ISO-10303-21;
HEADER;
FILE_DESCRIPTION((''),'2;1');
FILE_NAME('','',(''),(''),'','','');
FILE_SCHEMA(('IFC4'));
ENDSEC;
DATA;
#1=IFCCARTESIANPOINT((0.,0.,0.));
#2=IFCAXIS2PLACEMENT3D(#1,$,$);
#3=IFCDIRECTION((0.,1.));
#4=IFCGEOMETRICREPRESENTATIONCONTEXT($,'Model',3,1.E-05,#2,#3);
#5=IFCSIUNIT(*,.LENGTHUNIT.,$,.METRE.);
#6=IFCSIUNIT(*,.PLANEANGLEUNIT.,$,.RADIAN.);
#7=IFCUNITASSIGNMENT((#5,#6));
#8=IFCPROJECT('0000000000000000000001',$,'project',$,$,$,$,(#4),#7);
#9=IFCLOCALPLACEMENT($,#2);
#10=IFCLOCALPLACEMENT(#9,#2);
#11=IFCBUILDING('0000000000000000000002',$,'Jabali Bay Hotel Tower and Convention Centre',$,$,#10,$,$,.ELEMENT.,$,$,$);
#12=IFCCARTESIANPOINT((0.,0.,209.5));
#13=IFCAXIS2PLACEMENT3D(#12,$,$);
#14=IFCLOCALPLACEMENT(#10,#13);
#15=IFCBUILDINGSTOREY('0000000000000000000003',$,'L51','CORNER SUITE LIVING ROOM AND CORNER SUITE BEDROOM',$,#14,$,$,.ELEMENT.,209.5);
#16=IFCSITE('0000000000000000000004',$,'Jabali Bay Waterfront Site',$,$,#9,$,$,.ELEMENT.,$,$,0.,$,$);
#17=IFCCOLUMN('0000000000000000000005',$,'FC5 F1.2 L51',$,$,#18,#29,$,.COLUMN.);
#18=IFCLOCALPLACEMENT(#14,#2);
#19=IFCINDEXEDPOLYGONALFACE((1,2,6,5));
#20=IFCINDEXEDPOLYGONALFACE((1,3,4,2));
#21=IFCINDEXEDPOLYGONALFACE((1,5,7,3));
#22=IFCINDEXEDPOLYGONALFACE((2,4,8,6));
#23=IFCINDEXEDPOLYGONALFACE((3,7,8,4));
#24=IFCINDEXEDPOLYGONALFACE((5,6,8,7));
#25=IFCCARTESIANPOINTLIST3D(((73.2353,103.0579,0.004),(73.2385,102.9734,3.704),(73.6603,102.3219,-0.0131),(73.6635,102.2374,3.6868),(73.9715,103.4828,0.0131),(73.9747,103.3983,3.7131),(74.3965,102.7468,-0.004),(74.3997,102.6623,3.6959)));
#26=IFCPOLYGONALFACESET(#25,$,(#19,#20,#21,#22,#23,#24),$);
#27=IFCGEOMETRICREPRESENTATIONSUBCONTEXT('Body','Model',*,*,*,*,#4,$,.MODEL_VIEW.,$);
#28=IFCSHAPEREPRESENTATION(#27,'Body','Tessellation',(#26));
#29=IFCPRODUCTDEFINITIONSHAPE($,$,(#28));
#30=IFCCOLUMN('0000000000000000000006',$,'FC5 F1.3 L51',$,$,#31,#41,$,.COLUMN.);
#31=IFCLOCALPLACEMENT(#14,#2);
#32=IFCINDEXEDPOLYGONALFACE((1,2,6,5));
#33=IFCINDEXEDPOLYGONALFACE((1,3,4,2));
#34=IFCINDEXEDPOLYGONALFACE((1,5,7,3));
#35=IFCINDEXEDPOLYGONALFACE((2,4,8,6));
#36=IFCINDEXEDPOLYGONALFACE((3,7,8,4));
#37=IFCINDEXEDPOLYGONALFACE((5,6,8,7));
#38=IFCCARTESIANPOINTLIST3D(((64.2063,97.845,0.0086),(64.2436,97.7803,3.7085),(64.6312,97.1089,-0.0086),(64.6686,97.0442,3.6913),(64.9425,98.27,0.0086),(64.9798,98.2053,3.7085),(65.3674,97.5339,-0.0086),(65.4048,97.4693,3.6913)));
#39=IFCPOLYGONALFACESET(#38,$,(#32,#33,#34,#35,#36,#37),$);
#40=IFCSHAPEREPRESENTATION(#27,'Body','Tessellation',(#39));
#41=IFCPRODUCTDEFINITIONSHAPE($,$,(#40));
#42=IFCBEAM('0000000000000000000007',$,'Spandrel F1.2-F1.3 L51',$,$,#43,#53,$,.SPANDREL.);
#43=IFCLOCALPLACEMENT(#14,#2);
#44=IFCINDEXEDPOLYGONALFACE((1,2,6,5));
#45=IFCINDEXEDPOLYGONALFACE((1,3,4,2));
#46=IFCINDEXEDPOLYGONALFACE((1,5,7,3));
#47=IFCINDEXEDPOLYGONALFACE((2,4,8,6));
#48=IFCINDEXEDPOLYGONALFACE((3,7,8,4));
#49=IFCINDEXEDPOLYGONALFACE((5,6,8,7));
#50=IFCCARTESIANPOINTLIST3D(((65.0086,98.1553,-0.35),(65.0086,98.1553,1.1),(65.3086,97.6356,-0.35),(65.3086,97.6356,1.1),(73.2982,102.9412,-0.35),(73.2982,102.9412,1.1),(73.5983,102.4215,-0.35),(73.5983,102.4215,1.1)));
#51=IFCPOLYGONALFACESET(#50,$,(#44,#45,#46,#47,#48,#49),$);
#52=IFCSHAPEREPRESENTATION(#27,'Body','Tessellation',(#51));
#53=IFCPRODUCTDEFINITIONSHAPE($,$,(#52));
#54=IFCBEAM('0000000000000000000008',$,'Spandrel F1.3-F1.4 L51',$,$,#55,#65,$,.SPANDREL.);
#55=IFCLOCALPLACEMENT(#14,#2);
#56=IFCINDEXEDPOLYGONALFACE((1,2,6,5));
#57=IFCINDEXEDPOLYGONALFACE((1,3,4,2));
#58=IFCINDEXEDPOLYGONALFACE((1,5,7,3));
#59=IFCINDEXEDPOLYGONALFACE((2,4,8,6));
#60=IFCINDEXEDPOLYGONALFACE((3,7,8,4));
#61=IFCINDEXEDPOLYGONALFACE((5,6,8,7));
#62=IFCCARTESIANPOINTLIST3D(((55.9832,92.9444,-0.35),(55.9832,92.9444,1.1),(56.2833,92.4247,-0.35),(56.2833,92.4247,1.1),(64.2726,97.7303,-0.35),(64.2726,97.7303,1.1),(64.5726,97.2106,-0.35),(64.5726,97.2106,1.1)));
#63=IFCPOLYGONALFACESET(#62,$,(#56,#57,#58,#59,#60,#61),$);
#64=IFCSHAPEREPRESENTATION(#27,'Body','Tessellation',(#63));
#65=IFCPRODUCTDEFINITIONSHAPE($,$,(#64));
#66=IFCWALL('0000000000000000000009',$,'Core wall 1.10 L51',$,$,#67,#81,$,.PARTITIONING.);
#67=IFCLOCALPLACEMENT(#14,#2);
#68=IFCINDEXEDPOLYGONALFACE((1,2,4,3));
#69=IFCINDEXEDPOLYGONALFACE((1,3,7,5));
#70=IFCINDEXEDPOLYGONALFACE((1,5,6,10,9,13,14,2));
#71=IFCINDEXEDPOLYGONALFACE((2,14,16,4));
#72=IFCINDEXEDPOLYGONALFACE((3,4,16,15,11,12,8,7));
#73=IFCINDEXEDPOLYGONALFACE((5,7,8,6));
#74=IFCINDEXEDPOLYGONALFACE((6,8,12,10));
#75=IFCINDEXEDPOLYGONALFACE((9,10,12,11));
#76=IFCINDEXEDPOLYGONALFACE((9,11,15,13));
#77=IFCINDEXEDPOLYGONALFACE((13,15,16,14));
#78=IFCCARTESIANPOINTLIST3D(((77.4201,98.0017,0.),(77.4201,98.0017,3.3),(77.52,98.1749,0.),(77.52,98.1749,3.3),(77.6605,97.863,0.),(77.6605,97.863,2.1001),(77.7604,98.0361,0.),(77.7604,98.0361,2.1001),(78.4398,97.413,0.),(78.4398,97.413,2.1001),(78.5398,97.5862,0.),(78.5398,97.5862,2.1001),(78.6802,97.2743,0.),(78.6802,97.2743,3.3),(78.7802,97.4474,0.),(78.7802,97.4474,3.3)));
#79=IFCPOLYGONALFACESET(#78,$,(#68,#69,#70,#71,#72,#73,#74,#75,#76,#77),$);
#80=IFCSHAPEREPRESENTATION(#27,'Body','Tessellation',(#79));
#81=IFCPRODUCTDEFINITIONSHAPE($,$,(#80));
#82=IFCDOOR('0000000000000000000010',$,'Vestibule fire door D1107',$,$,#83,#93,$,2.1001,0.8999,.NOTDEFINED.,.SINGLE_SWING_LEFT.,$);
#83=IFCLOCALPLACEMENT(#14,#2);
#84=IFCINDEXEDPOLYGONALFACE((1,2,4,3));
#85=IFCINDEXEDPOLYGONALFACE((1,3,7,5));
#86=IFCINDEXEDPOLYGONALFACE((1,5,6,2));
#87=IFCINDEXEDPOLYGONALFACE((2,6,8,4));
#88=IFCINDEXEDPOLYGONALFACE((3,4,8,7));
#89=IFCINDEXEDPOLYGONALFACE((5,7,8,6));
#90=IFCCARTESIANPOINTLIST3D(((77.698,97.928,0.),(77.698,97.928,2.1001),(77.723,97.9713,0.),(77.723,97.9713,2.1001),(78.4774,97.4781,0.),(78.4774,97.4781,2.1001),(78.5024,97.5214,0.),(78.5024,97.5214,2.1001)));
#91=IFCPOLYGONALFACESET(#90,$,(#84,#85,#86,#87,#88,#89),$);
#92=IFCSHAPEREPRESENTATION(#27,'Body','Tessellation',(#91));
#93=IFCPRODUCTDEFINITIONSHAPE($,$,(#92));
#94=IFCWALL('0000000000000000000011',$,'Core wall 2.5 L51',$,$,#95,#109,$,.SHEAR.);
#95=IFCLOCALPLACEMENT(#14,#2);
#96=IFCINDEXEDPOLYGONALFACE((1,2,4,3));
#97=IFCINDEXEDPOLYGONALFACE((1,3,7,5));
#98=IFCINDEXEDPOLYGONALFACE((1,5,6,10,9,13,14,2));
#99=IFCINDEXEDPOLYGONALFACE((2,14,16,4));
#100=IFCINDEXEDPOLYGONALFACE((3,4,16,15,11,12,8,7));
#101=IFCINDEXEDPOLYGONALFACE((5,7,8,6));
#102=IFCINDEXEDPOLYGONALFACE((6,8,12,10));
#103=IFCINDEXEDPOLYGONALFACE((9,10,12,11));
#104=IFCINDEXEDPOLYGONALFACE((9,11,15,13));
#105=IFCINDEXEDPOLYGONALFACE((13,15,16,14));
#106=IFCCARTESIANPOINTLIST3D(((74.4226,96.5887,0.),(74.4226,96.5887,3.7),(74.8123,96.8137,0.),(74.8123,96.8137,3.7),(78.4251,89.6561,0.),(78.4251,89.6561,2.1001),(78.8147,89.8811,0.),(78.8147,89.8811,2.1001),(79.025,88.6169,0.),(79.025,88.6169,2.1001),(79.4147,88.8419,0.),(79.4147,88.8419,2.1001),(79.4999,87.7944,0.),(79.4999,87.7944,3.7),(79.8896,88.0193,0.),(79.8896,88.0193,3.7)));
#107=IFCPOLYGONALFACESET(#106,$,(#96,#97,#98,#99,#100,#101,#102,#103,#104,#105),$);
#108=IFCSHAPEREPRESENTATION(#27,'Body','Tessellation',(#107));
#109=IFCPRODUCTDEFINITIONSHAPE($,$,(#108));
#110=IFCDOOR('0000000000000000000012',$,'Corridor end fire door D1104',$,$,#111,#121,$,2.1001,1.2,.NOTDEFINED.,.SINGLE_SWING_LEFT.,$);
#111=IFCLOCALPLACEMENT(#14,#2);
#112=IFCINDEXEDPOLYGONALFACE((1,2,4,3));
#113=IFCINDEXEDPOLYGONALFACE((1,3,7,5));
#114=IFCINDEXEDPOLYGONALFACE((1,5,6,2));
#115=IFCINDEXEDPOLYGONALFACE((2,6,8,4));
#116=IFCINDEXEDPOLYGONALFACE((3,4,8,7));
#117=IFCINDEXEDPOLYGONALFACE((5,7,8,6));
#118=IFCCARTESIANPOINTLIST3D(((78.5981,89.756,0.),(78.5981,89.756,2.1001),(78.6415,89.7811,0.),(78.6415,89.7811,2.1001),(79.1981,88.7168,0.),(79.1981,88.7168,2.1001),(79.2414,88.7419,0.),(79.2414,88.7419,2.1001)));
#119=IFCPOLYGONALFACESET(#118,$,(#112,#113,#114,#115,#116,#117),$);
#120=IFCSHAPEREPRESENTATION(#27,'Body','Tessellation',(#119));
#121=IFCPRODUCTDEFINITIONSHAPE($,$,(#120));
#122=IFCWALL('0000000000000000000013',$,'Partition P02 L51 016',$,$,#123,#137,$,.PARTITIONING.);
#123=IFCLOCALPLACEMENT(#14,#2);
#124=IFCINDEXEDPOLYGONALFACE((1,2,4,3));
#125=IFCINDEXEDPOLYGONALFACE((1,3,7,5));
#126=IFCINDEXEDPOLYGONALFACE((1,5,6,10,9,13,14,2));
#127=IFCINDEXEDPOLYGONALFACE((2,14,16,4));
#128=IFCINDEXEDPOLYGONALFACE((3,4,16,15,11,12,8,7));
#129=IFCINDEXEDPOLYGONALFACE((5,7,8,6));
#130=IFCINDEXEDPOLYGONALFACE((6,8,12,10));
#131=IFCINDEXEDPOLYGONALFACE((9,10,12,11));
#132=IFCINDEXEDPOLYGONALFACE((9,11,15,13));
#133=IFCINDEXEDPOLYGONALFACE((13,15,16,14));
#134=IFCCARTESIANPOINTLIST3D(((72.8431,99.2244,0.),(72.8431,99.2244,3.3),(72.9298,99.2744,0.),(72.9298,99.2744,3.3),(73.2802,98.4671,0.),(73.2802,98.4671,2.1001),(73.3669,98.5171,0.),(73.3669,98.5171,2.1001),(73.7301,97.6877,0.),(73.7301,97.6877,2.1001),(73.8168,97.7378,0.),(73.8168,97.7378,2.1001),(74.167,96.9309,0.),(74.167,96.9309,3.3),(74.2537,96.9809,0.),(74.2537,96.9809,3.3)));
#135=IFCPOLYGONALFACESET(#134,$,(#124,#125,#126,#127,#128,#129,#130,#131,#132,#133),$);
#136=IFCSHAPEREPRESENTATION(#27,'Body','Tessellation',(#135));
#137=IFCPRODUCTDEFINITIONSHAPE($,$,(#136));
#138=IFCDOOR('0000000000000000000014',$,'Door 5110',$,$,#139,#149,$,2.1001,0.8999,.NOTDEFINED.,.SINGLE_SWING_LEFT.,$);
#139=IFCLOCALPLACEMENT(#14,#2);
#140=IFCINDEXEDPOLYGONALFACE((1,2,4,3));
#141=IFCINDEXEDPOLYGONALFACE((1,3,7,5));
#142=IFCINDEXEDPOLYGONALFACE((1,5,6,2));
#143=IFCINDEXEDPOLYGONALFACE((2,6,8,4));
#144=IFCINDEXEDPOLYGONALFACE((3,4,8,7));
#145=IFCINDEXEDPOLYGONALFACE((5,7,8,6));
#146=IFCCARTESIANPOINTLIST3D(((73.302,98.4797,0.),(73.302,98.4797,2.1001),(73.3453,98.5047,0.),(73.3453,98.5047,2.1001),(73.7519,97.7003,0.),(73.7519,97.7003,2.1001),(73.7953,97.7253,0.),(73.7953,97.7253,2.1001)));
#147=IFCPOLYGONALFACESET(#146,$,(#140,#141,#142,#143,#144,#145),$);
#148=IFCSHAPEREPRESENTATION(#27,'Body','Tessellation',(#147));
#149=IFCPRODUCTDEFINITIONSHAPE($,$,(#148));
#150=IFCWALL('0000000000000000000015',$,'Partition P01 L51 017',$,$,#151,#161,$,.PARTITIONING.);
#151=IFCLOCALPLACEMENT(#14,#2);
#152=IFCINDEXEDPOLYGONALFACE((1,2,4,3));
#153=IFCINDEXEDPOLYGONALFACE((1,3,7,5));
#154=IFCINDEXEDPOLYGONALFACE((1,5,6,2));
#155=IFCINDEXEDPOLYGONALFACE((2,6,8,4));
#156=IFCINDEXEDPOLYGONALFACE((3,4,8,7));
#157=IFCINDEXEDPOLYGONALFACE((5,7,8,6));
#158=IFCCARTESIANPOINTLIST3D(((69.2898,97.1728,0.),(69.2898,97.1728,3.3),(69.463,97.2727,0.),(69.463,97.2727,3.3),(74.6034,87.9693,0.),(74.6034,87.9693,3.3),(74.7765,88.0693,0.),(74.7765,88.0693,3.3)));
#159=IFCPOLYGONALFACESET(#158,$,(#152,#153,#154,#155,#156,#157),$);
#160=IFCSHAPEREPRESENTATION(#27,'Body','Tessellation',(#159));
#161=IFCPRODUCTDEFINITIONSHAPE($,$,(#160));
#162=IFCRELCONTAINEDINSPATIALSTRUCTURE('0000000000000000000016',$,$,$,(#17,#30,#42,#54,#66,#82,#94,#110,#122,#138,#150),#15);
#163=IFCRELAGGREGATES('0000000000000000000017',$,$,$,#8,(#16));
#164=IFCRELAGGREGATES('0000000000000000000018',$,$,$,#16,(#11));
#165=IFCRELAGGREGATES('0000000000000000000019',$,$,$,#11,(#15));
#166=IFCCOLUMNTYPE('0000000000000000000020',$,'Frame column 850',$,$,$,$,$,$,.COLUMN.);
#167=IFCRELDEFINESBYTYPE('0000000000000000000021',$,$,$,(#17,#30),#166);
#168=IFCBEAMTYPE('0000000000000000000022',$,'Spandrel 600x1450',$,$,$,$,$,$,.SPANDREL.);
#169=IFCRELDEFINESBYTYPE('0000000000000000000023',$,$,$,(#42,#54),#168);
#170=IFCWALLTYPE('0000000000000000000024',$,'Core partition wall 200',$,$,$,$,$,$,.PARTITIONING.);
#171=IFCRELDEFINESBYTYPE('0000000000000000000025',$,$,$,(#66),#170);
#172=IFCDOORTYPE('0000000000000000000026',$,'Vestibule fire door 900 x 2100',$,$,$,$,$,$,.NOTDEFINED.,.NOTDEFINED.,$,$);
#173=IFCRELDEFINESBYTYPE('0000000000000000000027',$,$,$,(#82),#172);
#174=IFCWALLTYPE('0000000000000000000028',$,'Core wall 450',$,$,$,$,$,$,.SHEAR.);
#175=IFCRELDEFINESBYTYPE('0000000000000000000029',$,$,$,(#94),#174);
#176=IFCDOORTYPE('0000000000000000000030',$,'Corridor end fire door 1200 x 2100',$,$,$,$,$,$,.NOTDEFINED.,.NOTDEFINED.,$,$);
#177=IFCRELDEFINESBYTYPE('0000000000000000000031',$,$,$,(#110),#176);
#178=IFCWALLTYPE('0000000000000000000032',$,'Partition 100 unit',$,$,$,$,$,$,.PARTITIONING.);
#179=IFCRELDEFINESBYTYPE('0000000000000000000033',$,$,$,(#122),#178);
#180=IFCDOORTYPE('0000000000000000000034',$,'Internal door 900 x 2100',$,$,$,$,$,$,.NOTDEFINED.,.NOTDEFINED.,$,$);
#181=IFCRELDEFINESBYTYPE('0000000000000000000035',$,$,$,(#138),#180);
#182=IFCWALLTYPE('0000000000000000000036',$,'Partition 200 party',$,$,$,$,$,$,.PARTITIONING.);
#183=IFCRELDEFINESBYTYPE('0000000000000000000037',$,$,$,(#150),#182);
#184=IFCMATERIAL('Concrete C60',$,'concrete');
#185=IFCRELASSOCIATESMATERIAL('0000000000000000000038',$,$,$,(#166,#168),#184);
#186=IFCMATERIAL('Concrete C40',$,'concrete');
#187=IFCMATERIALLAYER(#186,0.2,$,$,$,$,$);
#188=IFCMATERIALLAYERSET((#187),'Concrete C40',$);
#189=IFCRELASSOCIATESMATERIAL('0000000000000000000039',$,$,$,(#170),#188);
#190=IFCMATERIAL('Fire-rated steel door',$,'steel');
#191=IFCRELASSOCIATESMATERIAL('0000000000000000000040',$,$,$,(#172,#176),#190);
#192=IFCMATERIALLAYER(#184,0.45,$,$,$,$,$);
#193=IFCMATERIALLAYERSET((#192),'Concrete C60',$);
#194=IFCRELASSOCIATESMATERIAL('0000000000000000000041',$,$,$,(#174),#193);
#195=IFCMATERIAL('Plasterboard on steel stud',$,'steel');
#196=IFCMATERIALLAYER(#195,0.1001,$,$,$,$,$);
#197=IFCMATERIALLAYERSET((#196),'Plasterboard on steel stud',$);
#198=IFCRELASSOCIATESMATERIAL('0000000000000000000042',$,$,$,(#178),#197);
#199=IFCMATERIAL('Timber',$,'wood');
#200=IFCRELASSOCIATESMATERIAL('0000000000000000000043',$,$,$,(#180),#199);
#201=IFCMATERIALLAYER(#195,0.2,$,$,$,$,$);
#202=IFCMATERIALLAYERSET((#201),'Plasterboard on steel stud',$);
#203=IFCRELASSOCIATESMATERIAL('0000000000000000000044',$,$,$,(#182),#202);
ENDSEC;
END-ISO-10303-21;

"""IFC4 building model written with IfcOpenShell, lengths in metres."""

from ifc_helpers import new_model, si_unit, direction, frame, frame_2d, origin, origin_2d, place, context, subcontext, project, spatial, rectangle, extrude, material, layer, layer_set, material_profile, profile_set, type_object, element, fill, save


model = new_model("IFC4")

# Units and contexts
model_context = context("Model", 3, precision=1e-05, world=origin(), true_north=direction((0.0, 1.0)))
body_context = subcontext(model_context, "Body", "Model", "MODEL_VIEW")
ifc_project = project(units=[si_unit("LENGTHUNIT", "METRE"), si_unit("PLANEANGLEUNIT", "RADIAN")], contexts=[model_context])

# Site, building, storey
site_placement = place(None, origin())
site = spatial("IfcSite", under=ifc_project, at=site_placement, Name="Jabali Bay Waterfront Site", CompositionType="ELEMENT", RefElevation=0.0)
building_placement = place(site_placement, origin())
building = spatial("IfcBuilding", under=site, at=building_placement, Name="Jabali Bay Hotel Tower and Convention Centre", CompositionType="ELEMENT")
storey_placement = place(building_placement, frame((0.0, 0.0, 209.5)))
storey = spatial("IfcBuildingStorey", under=building, at=storey_placement, Name="L51", Description="CORNER SUITE LIVING ROOM AND CORNER SUITE BEDROOM", CompositionType="ELEMENT", Elevation=209.5)

# Columns
ifc_material_1 = material(Name="Concrete C60", Category="concrete")
ifc_material_profile_1 = material_profile(ifc_material_1, rectangle(XDim=0.8501, YDim=0.8501, at=origin_2d()), Name="Frame column 850")
ifc_profile_set_1 = profile_set([ifc_material_profile_1], Name="Concrete C60")
column_type = type_object("IfcColumnType", Name="Frame column 850", PredefinedType="COLUMN", material=ifc_profile_set_1)
column_1_placement = place(storey_placement, frame((73.8159, 102.9023, 0.0), z_axis=(0.000858, -0.022825, 0.999739), x_axis=(0.86606, 0.499825, 0.010668)))
element("IfcColumn", 1, at=column_1_placement, inside=storey, type_object=column_type, Name="FC5 F1.2 L51", PredefinedType="COLUMN", context=body_context, shape_type="SweptSolid", body=[
    extrude(rectangle(XDim=0.8501, YDim=0.8501, at=origin_2d()), origin(), (0.0, 0.0, 1.0), 3.7009),
])
column_2_placement = place(storey_placement, frame((64.7869, 97.6895, 0.0), z_axis=(0.010094, -0.017482, 0.999796), x_axis=(-0.499897, 0.86585, 0.020187)))
element("IfcColumn", 2, at=column_2_placement, inside=storey, type_object=column_type, Name="FC5 F1.3 L51", PredefinedType="COLUMN", context=body_context, shape_type="SweptSolid", body=[
    extrude(rectangle(XDim=0.8501, YDim=0.8501, at=origin_2d()), origin(), (0.0, 0.0, 1.0), 3.7007),
])

# Beams
ifc_material_profile_2 = material_profile(ifc_material_1, rectangle(XDim=0.6001, YDim=1.45, at=origin_2d()), Name="Spandrel 600x1450")
ifc_profile_set_2 = profile_set([ifc_material_profile_2], Name="Concrete C60")
beam_type = type_object("IfcBeamType", Name="Spandrel 600x1450", PredefinedType="SPANDREL", material=ifc_profile_set_2)
beam_1_placement = place(storey_placement, frame((73.4482, 102.6814, 0.375), z_axis=(-0.866029, -0.499993, 0.0), x_axis=(0.499993, -0.866029, 0.0)))
element("IfcBeam", 3, at=beam_1_placement, inside=storey, type_object=beam_type, Name="Spandrel F1.2-F1.3 L51", PredefinedType="SPANDREL", context=body_context, shape_type="SweptSolid", body=[
    extrude(rectangle(XDim=0.6001, YDim=1.45, at=origin_2d()), origin(), (0.0, 0.0, 1.0), 9.572),
])
beam_2_placement = place(storey_placement, frame((64.4226, 97.4705, 0.375), z_axis=(-0.866023, -0.500004, 0.0), x_axis=(0.500004, -0.866023, 0.0)))
element("IfcBeam", 4, at=beam_2_placement, inside=storey, type_object=beam_type, Name="Spandrel F1.3-F1.4 L51", PredefinedType="SPANDREL", context=body_context, shape_type="SweptSolid", body=[
    extrude(rectangle(XDim=0.6001, YDim=1.45, at=origin_2d()), origin(), (0.0, 0.0, 1.0), 9.5718),
])

# Walls, openings, doors
ifc_material_2 = material(Name="Concrete C40", Category="concrete")
ifc_layer_1 = layer(ifc_material_2, 0.2)
ifc_layer_set_1 = layer_set([ifc_layer_1], Name="Concrete C40")
wall_type_1 = type_object("IfcWallType", Name="Core partition wall 200", PredefinedType="PARTITIONING", material=ifc_layer_set_1)
wall_1_placement = place(storey_placement, frame((78.7302, 97.3608, 0.0), z_axis=(0.0, 0.0, 1.0), x_axis=(-0.866046, 0.499965, 0.0)))
wall_1 = element("IfcWall", 5, at=wall_1_placement, inside=storey, type_object=wall_type_1, Name="Core wall 1.10 L51", PredefinedType="PARTITIONING", context=body_context, shape_type="SweptSolid", body=[
    extrude(rectangle(XDim=1.4551, YDim=0.2, at=frame_2d((0.7275, 0.0))), origin(), (0.0, 0.0, 1.0), 3.3),
])
opening_1_placement = place(wall_1_placement, frame((0.2776, 0.0, 0.0)))
opening_1 = element("IfcOpeningElement", 6, at=opening_1_placement, cuts=wall_1, PredefinedType="OPENING", context=body_context, shape_type="SweptSolid", body=[
    extrude(rectangle(XDim=0.8999, YDim=2.1001, at=frame_2d((0.45, 1.05))), frame((0.0, 0.1104, 0.0), z_axis=(0.0, -1.0, 0.0), x_axis=(1.0, 0.0, 0.0)), (0.0, 0.0, 1.0), 0.2209),
])
ifc_material_3 = material(Name="Fire-rated steel door", Category="steel")
door_type_1 = type_object("IfcDoorType", Name="Vestibule fire door 900 x 2100", OperationType="NOTDEFINED", PredefinedType="NOTDEFINED", material=ifc_material_3)
door_1_placement = place(opening_1_placement, origin())
door_1 = element("IfcDoor", 7, at=door_1_placement, inside=storey, type_object=door_type_1, Name="Vestibule fire door D1107", OperationType="SINGLE_SWING_LEFT", OverallHeight=2.1001, OverallWidth=0.8999, PredefinedType="NOTDEFINED", context=body_context, shape_type="SweptSolid", body=[
    extrude(rectangle(XDim=0.8999, YDim=2.1001, at=frame_2d((0.45, 1.05))), frame((0.0, 0.0249, 0.0), z_axis=(0.0, -1.0, 0.0), x_axis=(1.0, 0.0, 0.0)), (0.0, 0.0, 1.0), 0.05),
])
fill(opening_1, door_1)
ifc_layer_2 = layer(ifc_material_1, 0.45)
ifc_layer_set_2 = layer_set([ifc_layer_2], Name="Concrete C60")
wall_type_2 = type_object("IfcWallType", Name="Core wall 450", PredefinedType="SHEAR", material=ifc_layer_set_2)
wall_2_placement = place(storey_placement, frame((74.6174, 96.7012, 0.0), z_axis=(0.0, 0.0, 1.0), x_axis=(0.499994, -0.866029, 0.0)))
wall_2 = element("IfcWall", 8, at=wall_2_placement, inside=storey, type_object=wall_type_2, Name="Core wall 2.5 L51", PredefinedType="SHEAR", context=body_context, shape_type="SweptSolid", body=[
    extrude(rectangle(XDim=10.1548, YDim=0.45, at=frame_2d((5.0774, 0.0))), origin(), (0.0, 0.0, 1.0), 3.7),
])
opening_2_placement = place(wall_2_placement, frame((8.0049, 0.0, 0.0)))
opening_2 = element("IfcOpeningElement", 9, at=opening_2_placement, cuts=wall_2, PredefinedType="OPENING", context=body_context, shape_type="SweptSolid", body=[
    extrude(rectangle(XDim=1.2, YDim=2.1001, at=frame_2d((0.6001, 1.05))), frame((0.0, 0.2354, 0.0), z_axis=(0.0, -1.0, 0.0), x_axis=(1.0, 0.0, 0.0)), (0.0, 0.0, 1.0), 0.4709),
])
door_type_2 = type_object("IfcDoorType", Name="Corridor end fire door 1200 x 2100", OperationType="NOTDEFINED", PredefinedType="NOTDEFINED", material=ifc_material_3)
door_2_placement = place(opening_2_placement, origin())
door_2 = element("IfcDoor", 10, at=door_2_placement, inside=storey, type_object=door_type_2, Name="Corridor end fire door D1104", OperationType="SINGLE_SWING_LEFT", OverallHeight=2.1001, OverallWidth=1.2, PredefinedType="NOTDEFINED", context=body_context, shape_type="SweptSolid", body=[
    extrude(rectangle(XDim=1.2, YDim=2.1001, at=frame_2d((0.6001, 1.05))), frame((0.0, 0.0249, 0.0), z_axis=(0.0, -1.0, 0.0), x_axis=(1.0, 0.0, 0.0)), (0.0, 0.0, 1.0), 0.05),
])
fill(opening_2, door_2)
ifc_material_4 = material(Name="Plasterboard on steel stud", Category="steel")
ifc_layer_3 = layer(ifc_material_4, 0.1001)
ifc_layer_set_3 = layer_set([ifc_layer_3], Name="Plasterboard on steel stud")
wall_type_3 = type_object("IfcWallType", Name="Partition 100 unit", PredefinedType="PARTITIONING", material=ifc_layer_set_3)
wall_3_placement = place(storey_placement, frame((74.2104, 96.9558, 0.0), z_axis=(0.0, 0.0, 1.0), x_axis=(-0.499957, 0.86605, 0.0)))
wall_3 = element("IfcWall", 11, at=wall_3_placement, inside=storey, type_object=wall_type_3, Name="Partition P02 L51 016", PredefinedType="PARTITIONING", context=body_context, shape_type="SweptSolid", body=[
    extrude(rectangle(XDim=2.6482, YDim=0.1001, at=frame_2d((1.3242, 0.0))), origin(), (0.0, 0.0, 1.0), 3.3),
])
opening_3_placement = place(wall_3_placement, frame((0.874, 0.0, 0.0)))
opening_3 = element("IfcOpeningElement", 12, at=opening_3_placement, cuts=wall_3, PredefinedType="OPENING", context=body_context, shape_type="SweptSolid", body=[
    extrude(rectangle(XDim=0.8999, YDim=2.1001, at=frame_2d((0.45, 1.05))), frame((0.0, 0.0605, 0.0), z_axis=(0.0, -1.0, 0.0), x_axis=(1.0, 0.0, 0.0)), (0.0, 0.0, 1.0), 0.1211),
])
ifc_material_5 = material(Name="Timber", Category="wood")
door_type_3 = type_object("IfcDoorType", Name="Internal door 900 x 2100", OperationType="NOTDEFINED", PredefinedType="NOTDEFINED", material=ifc_material_5)
door_3_placement = place(opening_3_placement, origin())
door_3 = element("IfcDoor", 13, at=door_3_placement, inside=storey, type_object=door_type_3, Name="Door 5110", OperationType="SINGLE_SWING_LEFT", OverallHeight=2.1001, OverallWidth=0.8999, PredefinedType="NOTDEFINED", context=body_context, shape_type="SweptSolid", body=[
    extrude(rectangle(XDim=0.8999, YDim=2.1001, at=frame_2d((0.45, 1.05))), frame((0.0, 0.0249, 0.0), z_axis=(0.0, -1.0, 0.0), x_axis=(1.0, 0.0, 0.0)), (0.0, 0.0, 1.0), 0.05),
])
fill(opening_3, door_3)

# Wall
ifc_layer_4 = layer(ifc_material_4, 0.2)
ifc_layer_set_4 = layer_set([ifc_layer_4], Name="Plasterboard on steel stud")
wall_type_4 = type_object("IfcWallType", Name="Partition 200 party", PredefinedType="PARTITIONING", material=ifc_layer_set_4)
wall_4_placement = place(storey_placement, frame((69.3765, 97.2227, 0.0), z_axis=(0.0, 0.0, 1.0), x_axis=(0.499994, -0.866029, 0.0)))
element("IfcWall", 14, at=wall_4_placement, inside=storey, type_object=wall_type_4, Name="Partition P01 L51 017", PredefinedType="PARTITIONING", context=body_context, shape_type="SweptSolid", body=[
    extrude(rectangle(XDim=10.6272, YDim=0.2, at=frame_2d((5.3135, 0.0))), origin(), (0.0, 0.0, 1.0), 3.3),
])

save(model, "model.ifc")
